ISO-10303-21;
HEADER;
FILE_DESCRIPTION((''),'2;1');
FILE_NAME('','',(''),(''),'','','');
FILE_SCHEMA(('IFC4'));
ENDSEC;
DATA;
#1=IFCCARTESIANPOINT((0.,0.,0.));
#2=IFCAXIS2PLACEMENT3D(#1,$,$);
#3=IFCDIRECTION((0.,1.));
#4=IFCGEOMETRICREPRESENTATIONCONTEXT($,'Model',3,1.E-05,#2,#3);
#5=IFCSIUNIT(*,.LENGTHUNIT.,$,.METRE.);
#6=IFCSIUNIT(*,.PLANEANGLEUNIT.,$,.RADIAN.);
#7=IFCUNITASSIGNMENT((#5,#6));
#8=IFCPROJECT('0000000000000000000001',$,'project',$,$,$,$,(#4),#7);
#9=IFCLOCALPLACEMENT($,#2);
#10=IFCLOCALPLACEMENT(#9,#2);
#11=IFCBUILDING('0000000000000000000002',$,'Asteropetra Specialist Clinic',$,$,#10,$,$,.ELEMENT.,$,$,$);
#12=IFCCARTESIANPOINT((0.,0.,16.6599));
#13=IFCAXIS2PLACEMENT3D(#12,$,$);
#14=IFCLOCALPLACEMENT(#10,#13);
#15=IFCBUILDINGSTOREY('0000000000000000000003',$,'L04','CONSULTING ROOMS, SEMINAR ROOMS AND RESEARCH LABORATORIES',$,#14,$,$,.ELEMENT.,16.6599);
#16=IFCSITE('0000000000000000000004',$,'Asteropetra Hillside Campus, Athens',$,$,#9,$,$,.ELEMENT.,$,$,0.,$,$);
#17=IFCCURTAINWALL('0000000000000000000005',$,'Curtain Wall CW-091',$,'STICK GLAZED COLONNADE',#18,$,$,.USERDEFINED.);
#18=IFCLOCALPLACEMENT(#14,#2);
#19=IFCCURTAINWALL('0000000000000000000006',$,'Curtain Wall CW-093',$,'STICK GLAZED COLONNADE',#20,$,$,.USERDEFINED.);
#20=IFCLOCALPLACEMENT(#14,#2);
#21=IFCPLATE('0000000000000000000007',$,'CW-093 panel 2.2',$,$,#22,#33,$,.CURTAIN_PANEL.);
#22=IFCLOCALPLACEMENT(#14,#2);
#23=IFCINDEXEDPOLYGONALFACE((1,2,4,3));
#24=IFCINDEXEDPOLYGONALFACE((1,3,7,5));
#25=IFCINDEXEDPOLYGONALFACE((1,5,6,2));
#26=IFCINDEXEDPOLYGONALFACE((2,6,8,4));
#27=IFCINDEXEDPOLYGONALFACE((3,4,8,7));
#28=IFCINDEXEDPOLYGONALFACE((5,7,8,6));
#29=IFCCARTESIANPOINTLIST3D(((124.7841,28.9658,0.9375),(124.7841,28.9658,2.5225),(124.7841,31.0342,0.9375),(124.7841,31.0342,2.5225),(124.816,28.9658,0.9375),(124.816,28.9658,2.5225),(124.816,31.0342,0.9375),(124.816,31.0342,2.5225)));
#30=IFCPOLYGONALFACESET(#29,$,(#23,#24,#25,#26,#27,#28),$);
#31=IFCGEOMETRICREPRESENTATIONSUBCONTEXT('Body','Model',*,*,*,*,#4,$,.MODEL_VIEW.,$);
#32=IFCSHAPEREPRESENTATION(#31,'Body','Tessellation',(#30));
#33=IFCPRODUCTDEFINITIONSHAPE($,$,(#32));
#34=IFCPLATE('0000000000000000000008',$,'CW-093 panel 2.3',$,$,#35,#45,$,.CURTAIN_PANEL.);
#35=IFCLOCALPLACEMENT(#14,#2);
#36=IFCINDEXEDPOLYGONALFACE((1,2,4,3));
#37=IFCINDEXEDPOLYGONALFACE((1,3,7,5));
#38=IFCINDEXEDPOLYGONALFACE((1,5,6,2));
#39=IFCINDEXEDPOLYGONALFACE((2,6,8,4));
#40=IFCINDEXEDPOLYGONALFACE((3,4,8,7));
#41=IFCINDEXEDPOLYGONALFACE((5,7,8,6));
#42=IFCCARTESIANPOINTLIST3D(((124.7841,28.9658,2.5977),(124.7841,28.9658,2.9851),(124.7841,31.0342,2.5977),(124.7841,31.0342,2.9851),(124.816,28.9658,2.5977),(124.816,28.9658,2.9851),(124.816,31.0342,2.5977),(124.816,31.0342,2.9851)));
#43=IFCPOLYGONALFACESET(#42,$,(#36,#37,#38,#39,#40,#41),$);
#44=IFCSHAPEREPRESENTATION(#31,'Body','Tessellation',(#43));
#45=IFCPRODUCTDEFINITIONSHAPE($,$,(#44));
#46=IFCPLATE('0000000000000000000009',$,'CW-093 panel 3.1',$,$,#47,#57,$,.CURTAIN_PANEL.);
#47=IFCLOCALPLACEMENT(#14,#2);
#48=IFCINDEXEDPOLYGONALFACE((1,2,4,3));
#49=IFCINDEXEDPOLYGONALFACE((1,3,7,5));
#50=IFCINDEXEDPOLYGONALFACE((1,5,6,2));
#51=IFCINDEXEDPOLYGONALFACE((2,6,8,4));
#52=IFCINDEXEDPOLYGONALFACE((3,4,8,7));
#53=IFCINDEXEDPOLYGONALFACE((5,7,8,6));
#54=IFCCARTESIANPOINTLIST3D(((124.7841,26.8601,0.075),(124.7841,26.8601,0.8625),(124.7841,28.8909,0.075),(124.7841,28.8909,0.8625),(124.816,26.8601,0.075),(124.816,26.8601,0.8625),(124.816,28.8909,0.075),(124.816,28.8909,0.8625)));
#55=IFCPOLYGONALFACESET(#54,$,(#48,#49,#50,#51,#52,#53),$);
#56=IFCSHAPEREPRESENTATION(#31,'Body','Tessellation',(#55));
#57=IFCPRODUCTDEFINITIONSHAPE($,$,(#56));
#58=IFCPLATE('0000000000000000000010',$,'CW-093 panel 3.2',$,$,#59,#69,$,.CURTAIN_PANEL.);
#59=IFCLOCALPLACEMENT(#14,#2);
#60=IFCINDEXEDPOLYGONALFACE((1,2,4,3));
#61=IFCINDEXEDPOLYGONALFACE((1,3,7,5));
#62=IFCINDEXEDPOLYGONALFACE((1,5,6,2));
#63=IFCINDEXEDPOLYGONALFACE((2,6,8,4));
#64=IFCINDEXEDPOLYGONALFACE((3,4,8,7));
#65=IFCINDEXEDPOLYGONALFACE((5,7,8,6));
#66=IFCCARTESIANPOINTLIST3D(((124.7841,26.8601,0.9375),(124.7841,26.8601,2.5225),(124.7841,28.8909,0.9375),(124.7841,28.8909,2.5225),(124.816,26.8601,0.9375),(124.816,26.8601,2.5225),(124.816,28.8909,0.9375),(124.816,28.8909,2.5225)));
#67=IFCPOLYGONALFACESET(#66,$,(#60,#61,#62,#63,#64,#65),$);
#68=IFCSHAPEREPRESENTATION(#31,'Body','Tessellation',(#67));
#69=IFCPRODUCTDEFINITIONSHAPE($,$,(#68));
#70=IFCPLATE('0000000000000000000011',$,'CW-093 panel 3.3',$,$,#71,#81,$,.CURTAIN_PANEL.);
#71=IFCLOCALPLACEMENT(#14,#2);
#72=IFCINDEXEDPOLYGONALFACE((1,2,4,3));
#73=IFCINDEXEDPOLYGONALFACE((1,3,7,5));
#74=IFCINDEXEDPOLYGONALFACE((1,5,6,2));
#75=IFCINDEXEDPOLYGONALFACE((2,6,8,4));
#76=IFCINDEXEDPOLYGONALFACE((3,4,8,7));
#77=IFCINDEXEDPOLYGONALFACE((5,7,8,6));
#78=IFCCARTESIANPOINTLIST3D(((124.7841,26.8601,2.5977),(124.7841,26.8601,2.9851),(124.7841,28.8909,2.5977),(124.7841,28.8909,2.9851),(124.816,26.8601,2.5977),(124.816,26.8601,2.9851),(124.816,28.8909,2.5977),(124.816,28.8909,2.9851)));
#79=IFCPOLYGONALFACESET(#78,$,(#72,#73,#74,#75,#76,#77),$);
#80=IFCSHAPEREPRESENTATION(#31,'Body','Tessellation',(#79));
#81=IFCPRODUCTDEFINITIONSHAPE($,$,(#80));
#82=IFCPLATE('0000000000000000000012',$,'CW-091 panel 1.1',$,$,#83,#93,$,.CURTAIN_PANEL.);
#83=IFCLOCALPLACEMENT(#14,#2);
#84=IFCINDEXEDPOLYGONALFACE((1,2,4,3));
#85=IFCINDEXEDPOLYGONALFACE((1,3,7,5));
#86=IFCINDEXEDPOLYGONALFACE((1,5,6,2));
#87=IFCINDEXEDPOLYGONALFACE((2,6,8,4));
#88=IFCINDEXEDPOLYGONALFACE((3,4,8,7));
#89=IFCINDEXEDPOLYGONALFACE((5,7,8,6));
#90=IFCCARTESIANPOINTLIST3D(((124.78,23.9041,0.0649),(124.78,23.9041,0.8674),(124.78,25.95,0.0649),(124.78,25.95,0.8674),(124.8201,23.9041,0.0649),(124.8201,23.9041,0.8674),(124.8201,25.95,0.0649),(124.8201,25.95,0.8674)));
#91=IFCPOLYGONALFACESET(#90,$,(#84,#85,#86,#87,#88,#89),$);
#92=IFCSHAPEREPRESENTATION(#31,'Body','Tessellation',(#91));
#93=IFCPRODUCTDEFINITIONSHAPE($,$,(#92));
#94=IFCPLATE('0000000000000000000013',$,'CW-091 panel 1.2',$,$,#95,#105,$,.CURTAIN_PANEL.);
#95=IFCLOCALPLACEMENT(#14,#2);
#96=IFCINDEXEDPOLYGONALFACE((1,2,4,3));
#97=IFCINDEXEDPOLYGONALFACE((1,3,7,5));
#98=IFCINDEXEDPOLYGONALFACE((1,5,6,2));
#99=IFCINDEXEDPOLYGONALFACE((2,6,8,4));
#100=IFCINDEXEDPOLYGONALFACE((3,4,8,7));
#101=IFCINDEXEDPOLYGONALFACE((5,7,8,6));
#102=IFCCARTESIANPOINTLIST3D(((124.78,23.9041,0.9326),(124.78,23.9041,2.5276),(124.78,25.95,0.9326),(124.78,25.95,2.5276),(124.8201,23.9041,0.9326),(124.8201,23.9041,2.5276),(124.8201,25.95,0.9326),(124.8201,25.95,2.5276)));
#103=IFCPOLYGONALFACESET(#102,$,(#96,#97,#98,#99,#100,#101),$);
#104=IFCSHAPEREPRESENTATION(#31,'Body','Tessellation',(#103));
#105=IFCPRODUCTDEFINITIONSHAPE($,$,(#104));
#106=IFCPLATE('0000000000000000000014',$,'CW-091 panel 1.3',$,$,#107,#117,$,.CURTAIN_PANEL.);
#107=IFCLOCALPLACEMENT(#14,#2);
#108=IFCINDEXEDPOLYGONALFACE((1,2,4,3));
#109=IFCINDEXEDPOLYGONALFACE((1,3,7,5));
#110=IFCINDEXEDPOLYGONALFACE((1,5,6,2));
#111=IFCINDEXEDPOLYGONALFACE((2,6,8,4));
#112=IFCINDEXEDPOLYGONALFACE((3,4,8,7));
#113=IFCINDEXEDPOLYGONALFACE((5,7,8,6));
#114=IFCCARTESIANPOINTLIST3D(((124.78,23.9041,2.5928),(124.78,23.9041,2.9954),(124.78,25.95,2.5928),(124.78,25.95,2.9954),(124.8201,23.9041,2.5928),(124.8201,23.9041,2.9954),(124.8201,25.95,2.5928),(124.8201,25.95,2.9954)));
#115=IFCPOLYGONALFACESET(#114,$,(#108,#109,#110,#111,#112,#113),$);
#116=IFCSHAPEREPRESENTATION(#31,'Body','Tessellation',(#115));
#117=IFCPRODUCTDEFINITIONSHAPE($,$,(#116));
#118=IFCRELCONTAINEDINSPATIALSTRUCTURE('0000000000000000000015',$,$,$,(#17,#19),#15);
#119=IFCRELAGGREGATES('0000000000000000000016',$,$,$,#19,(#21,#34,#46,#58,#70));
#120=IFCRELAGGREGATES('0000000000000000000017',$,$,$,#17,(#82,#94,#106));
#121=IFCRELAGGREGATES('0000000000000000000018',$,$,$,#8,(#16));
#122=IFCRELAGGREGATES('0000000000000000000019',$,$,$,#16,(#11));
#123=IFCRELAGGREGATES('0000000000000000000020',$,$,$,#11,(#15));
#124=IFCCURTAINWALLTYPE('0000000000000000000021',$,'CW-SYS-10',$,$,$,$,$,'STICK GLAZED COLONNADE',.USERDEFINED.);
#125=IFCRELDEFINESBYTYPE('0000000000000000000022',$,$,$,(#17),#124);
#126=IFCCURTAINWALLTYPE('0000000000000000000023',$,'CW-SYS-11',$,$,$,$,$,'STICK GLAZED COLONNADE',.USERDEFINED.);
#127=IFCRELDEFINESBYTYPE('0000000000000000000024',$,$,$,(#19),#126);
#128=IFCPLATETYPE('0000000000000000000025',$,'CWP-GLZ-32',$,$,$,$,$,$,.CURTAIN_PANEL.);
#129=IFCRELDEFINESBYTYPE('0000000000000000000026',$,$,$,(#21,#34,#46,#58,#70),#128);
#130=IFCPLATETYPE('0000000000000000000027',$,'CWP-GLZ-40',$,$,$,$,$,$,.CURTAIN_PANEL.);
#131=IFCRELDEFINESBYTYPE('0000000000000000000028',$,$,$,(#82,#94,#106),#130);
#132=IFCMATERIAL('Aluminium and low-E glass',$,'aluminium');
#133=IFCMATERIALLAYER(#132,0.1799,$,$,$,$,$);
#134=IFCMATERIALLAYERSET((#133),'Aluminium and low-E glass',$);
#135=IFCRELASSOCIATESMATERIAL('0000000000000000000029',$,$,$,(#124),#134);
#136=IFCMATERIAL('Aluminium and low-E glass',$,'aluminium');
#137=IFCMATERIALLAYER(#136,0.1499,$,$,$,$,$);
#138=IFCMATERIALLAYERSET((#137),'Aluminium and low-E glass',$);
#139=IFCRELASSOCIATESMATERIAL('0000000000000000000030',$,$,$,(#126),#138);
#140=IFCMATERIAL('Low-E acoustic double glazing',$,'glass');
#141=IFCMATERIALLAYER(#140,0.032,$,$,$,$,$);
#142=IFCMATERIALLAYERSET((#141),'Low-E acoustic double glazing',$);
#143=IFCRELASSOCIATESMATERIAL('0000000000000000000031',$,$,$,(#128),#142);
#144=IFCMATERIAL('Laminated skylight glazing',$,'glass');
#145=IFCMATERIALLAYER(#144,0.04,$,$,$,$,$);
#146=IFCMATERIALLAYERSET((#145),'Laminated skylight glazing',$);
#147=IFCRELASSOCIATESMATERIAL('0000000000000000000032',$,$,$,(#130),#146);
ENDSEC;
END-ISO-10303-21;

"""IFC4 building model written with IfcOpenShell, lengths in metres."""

from ifc_helpers import new_model, si_unit, direction, frame, origin, origin_2d, place, context, subcontext, project, spatial, rectangle, extrude, material, layer, layer_set, type_object, element, aggregate, save


model = new_model("IFC4")

# Units and contexts
model_context = context("Model", 3, precision=1e-05, world=origin(), true_north=direction((0.0, 1.0)))
body_context = subcontext(model_context, "Body", "Model", "MODEL_VIEW")
ifc_project = project(units=[si_unit("LENGTHUNIT", "METRE"), si_unit("PLANEANGLEUNIT", "RADIAN")], contexts=[model_context])

# Site, building, storey
site_placement = place(None, origin())
site = spatial("IfcSite", under=ifc_project, at=site_placement, Name="Asteropetra Hillside Campus, Athens", CompositionType="ELEMENT", RefElevation=0.0)
building_placement = place(site_placement, origin())
building = spatial("IfcBuilding", under=site, at=building_placement, Name="Asteropetra Specialist Clinic", CompositionType="ELEMENT")
storey_placement = place(building_placement, frame((0.0, 0.0, 16.6599)))
storey = spatial("IfcBuildingStorey", under=building, at=storey_placement, Name="L04", Description="CONSULTING ROOMS, SEMINAR ROOMS AND RESEARCH LABORATORIES", CompositionType="ELEMENT", Elevation=16.6599)

# Curtain wall
ifc_material_1 = material(Name="Aluminium and low-E glass", Category="aluminium")
ifc_layer_1 = layer(ifc_material_1, 0.1799)
ifc_layer_set_1 = layer_set([ifc_layer_1], Name="Aluminium and low-E glass")
curtain_wall_type_1 = type_object("IfcCurtainWallType", Name="CW-SYS-10", ElementType="STICK GLAZED COLONNADE", PredefinedType="USERDEFINED", material=ifc_layer_set_1)
curtain_wall_1_placement = place(storey_placement, origin())
curtain_wall_1 = element("IfcCurtainWall", 1, at=curtain_wall_1_placement, inside=storey, type_object=curtain_wall_type_1, Name="Curtain Wall CW-091", ObjectType="STICK GLAZED COLONNADE", PredefinedType="USERDEFINED")

# Curtain wall
ifc_material_2 = material(Name="Aluminium and low-E glass", Category="aluminium")
ifc_layer_2 = layer(ifc_material_2, 0.1499)
ifc_layer_set_2 = layer_set([ifc_layer_2], Name="Aluminium and low-E glass")
curtain_wall_type_2 = type_object("IfcCurtainWallType", Name="CW-SYS-11", ElementType="STICK GLAZED COLONNADE", PredefinedType="USERDEFINED", material=ifc_layer_set_2)
curtain_wall_2_placement = place(storey_placement, origin())
curtain_wall_2 = element("IfcCurtainWall", 2, at=curtain_wall_2_placement, inside=storey, type_object=curtain_wall_type_2, Name="Curtain Wall CW-093", ObjectType="STICK GLAZED COLONNADE", PredefinedType="USERDEFINED")

# Plates
ifc_material_3 = material(Name="Low-E acoustic double glazing", Category="glass")
ifc_layer_3 = layer(ifc_material_3, 0.032)
ifc_layer_set_3 = layer_set([ifc_layer_3], Name="Low-E acoustic double glazing")
plate_type_1 = type_object("IfcPlateType", Name="CWP-GLZ-32", PredefinedType="CURTAIN_PANEL", material=ifc_layer_set_3)
plate_1_placement = place(storey_placement, frame((124.8, 30.0, 0.9375), z_axis=(0.0, 0.0, 1.0), x_axis=(0.0, -1.0, 0.0)))
plate_1 = element("IfcPlate", 3, at=plate_1_placement, type_object=plate_type_1, Name="CW-093 panel 2.2", PredefinedType="CURTAIN_PANEL", context=body_context, shape_type="SweptSolid", body=[
    extrude(rectangle(XDim=2.0684, YDim=0.032, at=origin_2d()), origin(), (0.0, 0.0, 1.0), 1.585),
])
plate_2_placement = place(storey_placement, frame((124.8, 30.0, 2.5977), z_axis=(0.0, 0.0, 1.0), x_axis=(0.0, -1.0, 0.0)))
plate_2 = element("IfcPlate", 4, at=plate_2_placement, type_object=plate_type_1, Name="CW-093 panel 2.3", PredefinedType="CURTAIN_PANEL", context=body_context, shape_type="SweptSolid", body=[
    extrude(rectangle(XDim=2.0684, YDim=0.032, at=origin_2d()), origin(), (0.0, 0.0, 1.0), 0.3875),
])
plate_3_placement = place(storey_placement, frame((124.8, 27.8755, 0.075), z_axis=(0.0, 0.0, 1.0), x_axis=(0.0, -1.0, 0.0)))
plate_3 = element("IfcPlate", 5, at=plate_3_placement, type_object=plate_type_1, Name="CW-093 panel 3.1", PredefinedType="CURTAIN_PANEL", context=body_context, shape_type="SweptSolid", body=[
    extrude(rectangle(XDim=2.0308, YDim=0.032, at=origin_2d()), origin(), (0.0, 0.0, 1.0), 0.7876),
])
plate_4_placement = place(storey_placement, frame((124.8, 27.8755, 0.9375), z_axis=(0.0, 0.0, 1.0), x_axis=(0.0, -1.0, 0.0)))
plate_4 = element("IfcPlate", 6, at=plate_4_placement, type_object=plate_type_1, Name="CW-093 panel 3.2", PredefinedType="CURTAIN_PANEL", context=body_context, shape_type="SweptSolid", body=[
    extrude(rectangle(XDim=2.0308, YDim=0.032, at=origin_2d()), origin(), (0.0, 0.0, 1.0), 1.585),
])
plate_5_placement = place(storey_placement, frame((124.8, 27.8755, 2.5977), z_axis=(0.0, 0.0, 1.0), x_axis=(0.0, -1.0, 0.0)))
plate_5 = element("IfcPlate", 7, at=plate_5_placement, type_object=plate_type_1, Name="CW-093 panel 3.3", PredefinedType="CURTAIN_PANEL", context=body_context, shape_type="SweptSolid", body=[
    extrude(rectangle(XDim=2.0308, YDim=0.032, at=origin_2d()), origin(), (0.0, 0.0, 1.0), 0.3875),
])
aggregate(curtain_wall_2, [plate_1, plate_2, plate_3, plate_4, plate_5])
ifc_material_4 = material(Name="Laminated skylight glazing", Category="glass")
ifc_layer_4 = layer(ifc_material_4, 0.04)
ifc_layer_set_4 = layer_set([ifc_layer_4], Name="Laminated skylight glazing")
plate_type_2 = type_object("IfcPlateType", Name="CWP-GLZ-40", PredefinedType="CURTAIN_PANEL", material=ifc_layer_set_4)
plate_6_placement = place(storey_placement, frame((124.8, 24.927, 0.0649), z_axis=(0.0, 0.0, 1.0), x_axis=(0.0, -1.0, 0.0)))
plate_6 = element("IfcPlate", 8, at=plate_6_placement, type_object=plate_type_2, Name="CW-091 panel 1.1", PredefinedType="CURTAIN_PANEL", context=body_context, shape_type="SweptSolid", body=[
    extrude(rectangle(XDim=2.0459, YDim=0.04, at=origin_2d()), origin(), (0.0, 0.0, 1.0), 0.8025),
])
plate_7_placement = place(storey_placement, frame((124.8, 24.927, 0.9326), z_axis=(0.0, 0.0, 1.0), x_axis=(0.0, -1.0, 0.0)))
plate_7 = element("IfcPlate", 9, at=plate_7_placement, type_object=plate_type_2, Name="CW-091 panel 1.2", PredefinedType="CURTAIN_PANEL", context=body_context, shape_type="SweptSolid", body=[
    extrude(rectangle(XDim=2.0459, YDim=0.04, at=origin_2d()), origin(), (0.0, 0.0, 1.0), 1.595),
])
plate_8_placement = place(storey_placement, frame((124.8, 24.927, 2.5928), z_axis=(0.0, 0.0, 1.0), x_axis=(0.0, -1.0, 0.0)))
plate_8 = element("IfcPlate", 10, at=plate_8_placement, type_object=plate_type_2, Name="CW-091 panel 1.3", PredefinedType="CURTAIN_PANEL", context=body_context, shape_type="SweptSolid", body=[
    extrude(rectangle(XDim=2.0459, YDim=0.04, at=origin_2d()), origin(), (0.0, 0.0, 1.0), 0.4026),
])
aggregate(curtain_wall_1, [plate_6, plate_7, plate_8])

save(model, "model.ifc")
